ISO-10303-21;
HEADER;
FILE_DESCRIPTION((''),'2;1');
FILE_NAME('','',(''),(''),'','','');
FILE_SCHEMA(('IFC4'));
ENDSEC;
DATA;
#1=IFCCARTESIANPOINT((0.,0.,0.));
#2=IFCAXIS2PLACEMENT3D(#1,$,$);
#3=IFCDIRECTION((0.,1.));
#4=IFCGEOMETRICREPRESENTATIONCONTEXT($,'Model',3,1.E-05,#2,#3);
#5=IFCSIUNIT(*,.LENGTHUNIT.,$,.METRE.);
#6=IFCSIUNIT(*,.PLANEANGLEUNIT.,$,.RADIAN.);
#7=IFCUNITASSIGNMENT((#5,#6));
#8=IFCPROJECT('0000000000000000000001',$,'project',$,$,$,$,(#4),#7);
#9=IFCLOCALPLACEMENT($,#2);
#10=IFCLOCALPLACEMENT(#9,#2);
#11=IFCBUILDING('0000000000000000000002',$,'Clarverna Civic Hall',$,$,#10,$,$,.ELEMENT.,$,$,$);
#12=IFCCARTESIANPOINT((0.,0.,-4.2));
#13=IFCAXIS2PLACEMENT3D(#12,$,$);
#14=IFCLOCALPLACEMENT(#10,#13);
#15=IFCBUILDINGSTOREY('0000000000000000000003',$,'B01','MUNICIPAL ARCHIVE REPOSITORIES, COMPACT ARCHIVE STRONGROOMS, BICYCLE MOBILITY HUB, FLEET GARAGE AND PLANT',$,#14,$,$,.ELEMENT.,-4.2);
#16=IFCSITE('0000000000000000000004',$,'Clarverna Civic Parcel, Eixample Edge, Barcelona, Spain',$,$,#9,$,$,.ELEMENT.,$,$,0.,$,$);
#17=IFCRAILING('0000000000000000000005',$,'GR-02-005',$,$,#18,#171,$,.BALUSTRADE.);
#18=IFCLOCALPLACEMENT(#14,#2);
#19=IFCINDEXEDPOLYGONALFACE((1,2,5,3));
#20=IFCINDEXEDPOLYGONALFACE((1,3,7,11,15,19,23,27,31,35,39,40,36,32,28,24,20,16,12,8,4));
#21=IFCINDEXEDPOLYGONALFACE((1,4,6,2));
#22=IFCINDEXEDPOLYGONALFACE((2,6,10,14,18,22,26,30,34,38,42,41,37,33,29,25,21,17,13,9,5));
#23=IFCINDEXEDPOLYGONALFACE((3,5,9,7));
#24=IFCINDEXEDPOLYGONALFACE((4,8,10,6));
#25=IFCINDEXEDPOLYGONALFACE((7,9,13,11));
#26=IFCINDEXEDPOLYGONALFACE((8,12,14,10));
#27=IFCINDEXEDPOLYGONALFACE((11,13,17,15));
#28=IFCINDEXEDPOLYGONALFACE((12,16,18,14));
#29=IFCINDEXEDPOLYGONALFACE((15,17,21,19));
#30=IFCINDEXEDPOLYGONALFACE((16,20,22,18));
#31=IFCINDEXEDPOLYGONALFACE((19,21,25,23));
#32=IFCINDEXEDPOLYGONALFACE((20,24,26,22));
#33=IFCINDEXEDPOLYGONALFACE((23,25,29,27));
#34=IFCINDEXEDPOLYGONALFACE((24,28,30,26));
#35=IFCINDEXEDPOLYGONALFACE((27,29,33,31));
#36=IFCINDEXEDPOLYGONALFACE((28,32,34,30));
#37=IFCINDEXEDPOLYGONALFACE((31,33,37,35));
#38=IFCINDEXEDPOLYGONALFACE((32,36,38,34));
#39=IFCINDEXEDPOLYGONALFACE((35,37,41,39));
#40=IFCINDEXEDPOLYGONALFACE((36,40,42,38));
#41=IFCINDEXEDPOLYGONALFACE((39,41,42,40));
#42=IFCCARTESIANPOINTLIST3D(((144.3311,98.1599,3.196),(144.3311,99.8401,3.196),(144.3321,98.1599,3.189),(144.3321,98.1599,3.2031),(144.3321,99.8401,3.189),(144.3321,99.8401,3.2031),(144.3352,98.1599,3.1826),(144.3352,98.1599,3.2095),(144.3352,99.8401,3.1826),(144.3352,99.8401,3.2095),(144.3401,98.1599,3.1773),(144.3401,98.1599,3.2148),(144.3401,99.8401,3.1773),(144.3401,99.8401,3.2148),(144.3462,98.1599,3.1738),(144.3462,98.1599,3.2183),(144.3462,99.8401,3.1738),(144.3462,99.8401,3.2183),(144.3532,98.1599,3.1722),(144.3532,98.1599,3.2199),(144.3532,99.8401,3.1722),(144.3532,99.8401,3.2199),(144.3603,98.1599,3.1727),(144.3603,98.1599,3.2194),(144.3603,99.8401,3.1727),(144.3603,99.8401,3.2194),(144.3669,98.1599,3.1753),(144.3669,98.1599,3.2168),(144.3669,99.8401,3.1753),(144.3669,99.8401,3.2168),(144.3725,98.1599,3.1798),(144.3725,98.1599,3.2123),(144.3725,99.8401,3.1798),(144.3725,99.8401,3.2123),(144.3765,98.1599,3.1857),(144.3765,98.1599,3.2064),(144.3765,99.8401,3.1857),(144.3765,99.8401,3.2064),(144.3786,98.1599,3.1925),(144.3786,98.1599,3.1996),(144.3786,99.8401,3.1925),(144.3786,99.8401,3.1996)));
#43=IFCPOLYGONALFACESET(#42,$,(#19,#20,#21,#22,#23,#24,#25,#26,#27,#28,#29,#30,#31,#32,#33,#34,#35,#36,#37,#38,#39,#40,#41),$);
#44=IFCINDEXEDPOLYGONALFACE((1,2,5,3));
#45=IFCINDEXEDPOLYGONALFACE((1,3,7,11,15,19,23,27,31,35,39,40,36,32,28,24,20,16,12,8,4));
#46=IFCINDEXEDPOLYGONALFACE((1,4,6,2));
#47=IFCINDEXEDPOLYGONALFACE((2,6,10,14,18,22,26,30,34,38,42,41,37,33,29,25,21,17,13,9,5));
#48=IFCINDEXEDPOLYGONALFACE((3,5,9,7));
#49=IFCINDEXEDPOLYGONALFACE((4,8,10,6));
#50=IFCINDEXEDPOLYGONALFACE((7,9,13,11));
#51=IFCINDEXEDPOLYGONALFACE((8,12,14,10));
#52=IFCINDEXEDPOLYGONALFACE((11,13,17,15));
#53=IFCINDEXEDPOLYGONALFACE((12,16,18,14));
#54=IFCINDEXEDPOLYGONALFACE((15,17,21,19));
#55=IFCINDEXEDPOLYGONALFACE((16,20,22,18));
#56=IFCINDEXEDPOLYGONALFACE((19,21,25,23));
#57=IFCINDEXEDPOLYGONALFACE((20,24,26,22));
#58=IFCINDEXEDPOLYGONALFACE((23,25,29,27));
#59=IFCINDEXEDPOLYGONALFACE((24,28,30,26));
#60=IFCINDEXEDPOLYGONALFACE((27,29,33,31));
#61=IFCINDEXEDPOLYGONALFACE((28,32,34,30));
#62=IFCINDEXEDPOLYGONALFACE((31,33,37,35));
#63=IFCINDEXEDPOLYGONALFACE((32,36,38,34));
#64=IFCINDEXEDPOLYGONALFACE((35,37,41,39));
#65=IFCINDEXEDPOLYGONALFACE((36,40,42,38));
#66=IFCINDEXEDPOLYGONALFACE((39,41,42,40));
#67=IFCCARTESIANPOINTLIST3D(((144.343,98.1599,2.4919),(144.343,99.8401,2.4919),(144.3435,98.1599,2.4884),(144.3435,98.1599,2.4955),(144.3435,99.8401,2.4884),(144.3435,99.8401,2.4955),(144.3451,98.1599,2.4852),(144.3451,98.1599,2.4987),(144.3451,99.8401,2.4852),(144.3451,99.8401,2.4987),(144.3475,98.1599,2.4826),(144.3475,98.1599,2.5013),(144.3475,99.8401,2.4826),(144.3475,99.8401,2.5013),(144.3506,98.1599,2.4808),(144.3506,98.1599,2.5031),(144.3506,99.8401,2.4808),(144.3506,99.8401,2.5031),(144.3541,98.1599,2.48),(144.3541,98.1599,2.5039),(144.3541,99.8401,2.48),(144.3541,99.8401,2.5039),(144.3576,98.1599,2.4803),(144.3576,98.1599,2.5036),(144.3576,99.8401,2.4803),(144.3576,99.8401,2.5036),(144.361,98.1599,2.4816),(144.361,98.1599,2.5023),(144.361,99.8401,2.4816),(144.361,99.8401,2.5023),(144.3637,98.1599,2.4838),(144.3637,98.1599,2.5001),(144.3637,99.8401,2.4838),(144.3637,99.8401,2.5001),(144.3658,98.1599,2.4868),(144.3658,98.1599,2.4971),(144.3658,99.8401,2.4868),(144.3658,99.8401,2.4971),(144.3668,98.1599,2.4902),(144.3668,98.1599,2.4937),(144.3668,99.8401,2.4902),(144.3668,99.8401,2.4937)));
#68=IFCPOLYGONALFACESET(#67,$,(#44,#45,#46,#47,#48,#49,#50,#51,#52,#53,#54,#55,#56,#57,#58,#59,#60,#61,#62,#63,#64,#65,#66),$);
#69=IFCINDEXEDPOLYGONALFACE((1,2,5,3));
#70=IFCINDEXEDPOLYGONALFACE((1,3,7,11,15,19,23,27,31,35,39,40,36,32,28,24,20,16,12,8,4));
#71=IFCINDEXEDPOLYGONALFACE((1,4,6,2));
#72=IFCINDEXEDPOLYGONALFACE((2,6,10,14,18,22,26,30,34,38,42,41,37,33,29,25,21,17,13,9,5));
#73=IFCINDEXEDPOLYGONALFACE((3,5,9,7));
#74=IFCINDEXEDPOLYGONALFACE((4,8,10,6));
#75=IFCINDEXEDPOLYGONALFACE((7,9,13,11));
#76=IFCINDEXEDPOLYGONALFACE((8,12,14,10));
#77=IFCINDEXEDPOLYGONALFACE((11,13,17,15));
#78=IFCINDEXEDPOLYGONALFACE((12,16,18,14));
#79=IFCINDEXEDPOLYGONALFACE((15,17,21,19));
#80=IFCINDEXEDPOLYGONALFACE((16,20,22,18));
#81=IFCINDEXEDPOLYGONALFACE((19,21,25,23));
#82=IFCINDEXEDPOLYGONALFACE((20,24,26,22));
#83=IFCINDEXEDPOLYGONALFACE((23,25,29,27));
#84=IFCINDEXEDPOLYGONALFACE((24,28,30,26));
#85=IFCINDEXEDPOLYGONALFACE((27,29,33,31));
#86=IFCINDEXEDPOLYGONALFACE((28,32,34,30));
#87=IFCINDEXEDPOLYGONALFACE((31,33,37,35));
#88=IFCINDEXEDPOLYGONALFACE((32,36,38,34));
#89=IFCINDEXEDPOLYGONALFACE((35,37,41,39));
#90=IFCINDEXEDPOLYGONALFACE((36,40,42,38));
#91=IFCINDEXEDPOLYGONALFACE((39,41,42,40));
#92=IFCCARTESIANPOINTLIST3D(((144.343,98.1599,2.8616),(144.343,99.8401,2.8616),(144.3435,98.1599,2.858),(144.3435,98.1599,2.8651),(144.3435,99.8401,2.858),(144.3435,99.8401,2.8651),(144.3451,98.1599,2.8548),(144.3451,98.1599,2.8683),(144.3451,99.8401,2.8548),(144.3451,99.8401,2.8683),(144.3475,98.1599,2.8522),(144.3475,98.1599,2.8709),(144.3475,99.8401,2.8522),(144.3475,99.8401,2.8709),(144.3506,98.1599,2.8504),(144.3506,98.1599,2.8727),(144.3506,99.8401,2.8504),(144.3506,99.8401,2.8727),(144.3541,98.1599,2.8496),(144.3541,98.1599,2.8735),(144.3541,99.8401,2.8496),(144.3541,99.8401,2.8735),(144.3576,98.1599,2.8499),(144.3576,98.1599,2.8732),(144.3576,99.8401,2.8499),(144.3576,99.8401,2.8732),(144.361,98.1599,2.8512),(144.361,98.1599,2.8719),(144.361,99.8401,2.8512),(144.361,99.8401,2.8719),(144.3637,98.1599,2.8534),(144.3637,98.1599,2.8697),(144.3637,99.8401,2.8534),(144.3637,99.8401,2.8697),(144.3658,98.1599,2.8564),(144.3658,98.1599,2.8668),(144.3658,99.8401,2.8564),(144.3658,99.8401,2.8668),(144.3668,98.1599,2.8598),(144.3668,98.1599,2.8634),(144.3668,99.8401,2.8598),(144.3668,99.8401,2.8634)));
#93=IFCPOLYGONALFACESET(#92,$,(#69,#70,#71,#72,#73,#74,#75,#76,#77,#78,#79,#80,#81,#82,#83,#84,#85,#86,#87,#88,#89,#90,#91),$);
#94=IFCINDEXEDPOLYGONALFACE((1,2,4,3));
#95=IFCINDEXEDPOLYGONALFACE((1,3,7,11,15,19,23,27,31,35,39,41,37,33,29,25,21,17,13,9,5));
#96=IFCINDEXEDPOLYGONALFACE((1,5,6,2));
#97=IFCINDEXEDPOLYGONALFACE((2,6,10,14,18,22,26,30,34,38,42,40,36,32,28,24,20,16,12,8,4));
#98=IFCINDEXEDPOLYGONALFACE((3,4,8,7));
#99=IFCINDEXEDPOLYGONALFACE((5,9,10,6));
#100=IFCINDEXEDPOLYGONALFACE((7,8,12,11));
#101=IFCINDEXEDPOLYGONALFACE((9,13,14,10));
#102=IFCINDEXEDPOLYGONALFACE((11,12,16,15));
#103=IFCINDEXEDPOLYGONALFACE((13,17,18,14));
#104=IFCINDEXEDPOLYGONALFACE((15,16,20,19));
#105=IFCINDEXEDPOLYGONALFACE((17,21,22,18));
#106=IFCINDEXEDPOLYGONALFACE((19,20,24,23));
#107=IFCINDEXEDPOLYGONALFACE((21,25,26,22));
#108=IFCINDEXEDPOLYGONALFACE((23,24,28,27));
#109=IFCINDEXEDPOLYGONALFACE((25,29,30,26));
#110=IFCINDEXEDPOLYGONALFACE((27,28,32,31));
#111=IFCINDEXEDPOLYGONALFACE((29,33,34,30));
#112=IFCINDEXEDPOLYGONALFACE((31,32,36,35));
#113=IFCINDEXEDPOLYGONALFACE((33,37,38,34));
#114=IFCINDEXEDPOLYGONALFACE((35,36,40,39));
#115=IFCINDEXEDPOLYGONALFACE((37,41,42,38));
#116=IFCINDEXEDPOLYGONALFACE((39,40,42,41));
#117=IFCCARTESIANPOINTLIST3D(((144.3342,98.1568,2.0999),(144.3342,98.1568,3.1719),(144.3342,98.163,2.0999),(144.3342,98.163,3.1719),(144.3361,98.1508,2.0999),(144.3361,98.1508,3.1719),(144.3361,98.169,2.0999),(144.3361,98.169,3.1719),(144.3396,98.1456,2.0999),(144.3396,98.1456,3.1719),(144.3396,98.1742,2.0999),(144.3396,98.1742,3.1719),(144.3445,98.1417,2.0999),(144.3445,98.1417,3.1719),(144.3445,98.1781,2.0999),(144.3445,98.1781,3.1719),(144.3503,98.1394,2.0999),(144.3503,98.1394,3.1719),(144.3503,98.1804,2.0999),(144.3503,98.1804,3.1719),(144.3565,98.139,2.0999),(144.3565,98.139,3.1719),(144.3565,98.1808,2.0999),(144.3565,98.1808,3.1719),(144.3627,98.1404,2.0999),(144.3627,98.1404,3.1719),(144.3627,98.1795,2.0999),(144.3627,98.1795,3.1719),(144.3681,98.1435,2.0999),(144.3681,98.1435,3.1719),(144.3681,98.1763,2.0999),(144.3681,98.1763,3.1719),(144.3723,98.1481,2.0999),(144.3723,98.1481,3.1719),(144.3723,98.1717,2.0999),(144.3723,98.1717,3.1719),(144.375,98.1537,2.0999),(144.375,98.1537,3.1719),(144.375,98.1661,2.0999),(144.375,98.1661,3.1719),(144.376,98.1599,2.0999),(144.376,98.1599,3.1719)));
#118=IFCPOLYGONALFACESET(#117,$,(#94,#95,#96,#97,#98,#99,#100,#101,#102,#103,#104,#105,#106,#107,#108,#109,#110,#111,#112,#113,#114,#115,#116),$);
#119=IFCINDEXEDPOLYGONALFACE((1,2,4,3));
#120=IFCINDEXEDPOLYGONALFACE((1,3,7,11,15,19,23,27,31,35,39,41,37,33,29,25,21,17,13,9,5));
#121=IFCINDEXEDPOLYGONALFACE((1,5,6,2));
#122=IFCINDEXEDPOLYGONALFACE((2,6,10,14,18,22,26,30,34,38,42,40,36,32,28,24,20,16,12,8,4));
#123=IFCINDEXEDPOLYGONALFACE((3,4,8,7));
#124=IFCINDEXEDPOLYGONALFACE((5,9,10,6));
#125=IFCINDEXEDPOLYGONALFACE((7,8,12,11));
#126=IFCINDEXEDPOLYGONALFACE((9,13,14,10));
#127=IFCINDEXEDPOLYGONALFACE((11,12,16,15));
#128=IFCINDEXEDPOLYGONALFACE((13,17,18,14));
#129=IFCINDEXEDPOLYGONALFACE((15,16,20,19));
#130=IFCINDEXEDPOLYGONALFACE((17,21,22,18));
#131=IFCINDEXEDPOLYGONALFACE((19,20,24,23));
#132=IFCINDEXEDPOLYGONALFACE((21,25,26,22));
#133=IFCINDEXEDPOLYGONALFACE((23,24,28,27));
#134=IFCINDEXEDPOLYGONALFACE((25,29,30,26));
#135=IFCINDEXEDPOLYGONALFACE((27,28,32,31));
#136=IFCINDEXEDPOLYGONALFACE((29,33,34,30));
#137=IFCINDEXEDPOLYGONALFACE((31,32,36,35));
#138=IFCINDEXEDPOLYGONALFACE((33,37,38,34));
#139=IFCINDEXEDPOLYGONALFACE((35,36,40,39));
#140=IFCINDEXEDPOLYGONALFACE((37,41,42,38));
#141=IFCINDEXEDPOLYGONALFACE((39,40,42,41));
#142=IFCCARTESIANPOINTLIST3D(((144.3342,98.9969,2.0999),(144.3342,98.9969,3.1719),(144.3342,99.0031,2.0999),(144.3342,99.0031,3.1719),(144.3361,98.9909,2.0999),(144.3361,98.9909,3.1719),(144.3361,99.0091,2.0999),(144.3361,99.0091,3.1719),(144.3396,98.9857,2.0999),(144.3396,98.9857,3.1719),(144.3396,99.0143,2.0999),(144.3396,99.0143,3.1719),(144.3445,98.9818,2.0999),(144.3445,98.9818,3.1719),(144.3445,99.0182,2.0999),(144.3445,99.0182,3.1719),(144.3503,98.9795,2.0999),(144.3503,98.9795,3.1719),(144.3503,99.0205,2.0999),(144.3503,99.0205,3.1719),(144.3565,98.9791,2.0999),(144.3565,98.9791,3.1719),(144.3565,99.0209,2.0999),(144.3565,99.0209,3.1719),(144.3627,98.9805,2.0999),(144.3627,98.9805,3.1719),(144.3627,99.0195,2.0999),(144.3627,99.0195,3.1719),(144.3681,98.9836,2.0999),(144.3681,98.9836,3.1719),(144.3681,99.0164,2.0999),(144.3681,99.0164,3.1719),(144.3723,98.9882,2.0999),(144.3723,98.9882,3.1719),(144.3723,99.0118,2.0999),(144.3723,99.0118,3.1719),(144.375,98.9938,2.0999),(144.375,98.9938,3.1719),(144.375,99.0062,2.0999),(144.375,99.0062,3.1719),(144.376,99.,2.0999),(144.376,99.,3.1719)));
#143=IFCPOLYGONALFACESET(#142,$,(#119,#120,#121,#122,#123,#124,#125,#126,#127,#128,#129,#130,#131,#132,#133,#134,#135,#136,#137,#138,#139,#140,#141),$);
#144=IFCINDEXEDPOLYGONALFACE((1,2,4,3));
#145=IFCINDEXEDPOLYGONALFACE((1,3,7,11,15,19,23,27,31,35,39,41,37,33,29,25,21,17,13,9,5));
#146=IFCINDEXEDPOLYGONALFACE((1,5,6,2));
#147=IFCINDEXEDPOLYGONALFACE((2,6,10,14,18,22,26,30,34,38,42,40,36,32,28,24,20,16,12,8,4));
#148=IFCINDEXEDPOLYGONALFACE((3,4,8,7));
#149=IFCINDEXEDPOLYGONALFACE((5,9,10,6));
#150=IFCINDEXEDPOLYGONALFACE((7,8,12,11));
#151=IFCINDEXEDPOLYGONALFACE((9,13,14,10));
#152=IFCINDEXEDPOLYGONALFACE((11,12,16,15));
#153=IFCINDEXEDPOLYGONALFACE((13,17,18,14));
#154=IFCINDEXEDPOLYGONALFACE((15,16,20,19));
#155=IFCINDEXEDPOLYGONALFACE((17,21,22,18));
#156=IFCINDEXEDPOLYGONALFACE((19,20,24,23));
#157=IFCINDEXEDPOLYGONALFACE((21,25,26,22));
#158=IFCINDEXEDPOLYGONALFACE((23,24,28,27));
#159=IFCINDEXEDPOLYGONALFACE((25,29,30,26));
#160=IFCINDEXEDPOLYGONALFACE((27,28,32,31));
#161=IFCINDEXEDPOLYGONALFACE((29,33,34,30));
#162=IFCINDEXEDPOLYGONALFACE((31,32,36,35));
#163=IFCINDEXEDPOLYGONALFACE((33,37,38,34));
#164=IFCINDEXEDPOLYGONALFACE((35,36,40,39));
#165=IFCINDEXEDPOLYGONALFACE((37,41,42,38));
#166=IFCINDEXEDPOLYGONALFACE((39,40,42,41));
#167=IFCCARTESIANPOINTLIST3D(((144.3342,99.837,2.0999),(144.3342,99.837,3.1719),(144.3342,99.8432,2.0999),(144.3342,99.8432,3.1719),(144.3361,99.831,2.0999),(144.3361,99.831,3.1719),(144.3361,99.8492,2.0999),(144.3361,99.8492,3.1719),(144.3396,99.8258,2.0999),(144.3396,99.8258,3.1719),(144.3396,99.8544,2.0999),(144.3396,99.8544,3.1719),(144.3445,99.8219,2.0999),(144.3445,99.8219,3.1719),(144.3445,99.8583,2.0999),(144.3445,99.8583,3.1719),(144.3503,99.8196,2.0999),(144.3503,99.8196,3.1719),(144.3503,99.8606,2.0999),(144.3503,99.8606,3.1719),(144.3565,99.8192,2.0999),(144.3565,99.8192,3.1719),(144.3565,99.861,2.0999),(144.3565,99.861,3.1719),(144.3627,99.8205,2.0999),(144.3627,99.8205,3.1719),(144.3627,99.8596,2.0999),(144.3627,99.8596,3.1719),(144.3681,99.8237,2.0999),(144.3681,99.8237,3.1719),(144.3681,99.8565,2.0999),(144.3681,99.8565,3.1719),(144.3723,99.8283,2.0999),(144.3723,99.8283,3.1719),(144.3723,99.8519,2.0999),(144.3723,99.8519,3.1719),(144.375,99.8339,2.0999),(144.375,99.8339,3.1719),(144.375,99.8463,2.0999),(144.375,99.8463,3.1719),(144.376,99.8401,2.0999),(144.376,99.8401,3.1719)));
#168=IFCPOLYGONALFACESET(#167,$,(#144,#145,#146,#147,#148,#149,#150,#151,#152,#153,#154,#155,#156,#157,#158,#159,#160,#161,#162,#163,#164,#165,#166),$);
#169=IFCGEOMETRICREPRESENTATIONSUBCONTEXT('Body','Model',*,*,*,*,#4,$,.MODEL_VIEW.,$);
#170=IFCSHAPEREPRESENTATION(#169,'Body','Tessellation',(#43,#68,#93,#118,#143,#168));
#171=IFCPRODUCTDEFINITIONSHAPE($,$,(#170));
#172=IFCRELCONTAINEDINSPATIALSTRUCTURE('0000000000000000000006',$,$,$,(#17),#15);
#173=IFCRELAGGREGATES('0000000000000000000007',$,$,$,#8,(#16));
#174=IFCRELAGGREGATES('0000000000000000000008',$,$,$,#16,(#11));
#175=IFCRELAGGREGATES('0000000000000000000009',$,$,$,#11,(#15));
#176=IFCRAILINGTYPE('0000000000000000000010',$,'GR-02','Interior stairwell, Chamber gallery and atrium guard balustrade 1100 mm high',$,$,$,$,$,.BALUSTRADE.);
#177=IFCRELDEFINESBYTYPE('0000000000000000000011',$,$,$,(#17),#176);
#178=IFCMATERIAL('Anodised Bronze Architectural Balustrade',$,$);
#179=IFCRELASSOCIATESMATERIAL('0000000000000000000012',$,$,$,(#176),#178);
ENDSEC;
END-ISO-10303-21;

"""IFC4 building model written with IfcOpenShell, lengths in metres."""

from ifc_helpers import new_model, si_unit, direction, frame, origin, origin_2d, place, context, subcontext, project, spatial, circle, extrude, material, type_object, element, save


model = new_model("IFC4")

# Units and contexts
model_context = context("Model", 3, precision=1e-05, world=origin(), true_north=direction((0.0, 1.0)))
body_context = subcontext(model_context, "Body", "Model", "MODEL_VIEW")
ifc_project = project(units=[si_unit("LENGTHUNIT", "METRE"), si_unit("PLANEANGLEUNIT", "RADIAN")], contexts=[model_context])

# Site, building, storey
site_placement = place(None, origin())
site = spatial("IfcSite", under=ifc_project, at=site_placement, Name="Clarverna Civic Parcel, Eixample Edge, Barcelona, Spain", CompositionType="ELEMENT", RefElevation=0.0)
building_placement = place(site_placement, origin())
building = spatial("IfcBuilding", under=site, at=building_placement, Name="Clarverna Civic Hall", CompositionType="ELEMENT")
storey_placement = place(building_placement, frame((0.0, 0.0, -4.2)))
storey = spatial("IfcBuildingStorey", under=building, at=storey_placement, Name="B01", Description="MUNICIPAL ARCHIVE REPOSITORIES, COMPACT ARCHIVE STRONGROOMS, BICYCLE MOBILITY HUB, FLEET GARAGE AND PLANT", CompositionType="ELEMENT", Elevation=-4.2)

# Railing
ifc_material_1 = material(Name="Anodised Bronze Architectural Balustrade")
railing_type_1 = type_object("IfcRailingType", Name="GR-02", Description="Interior stairwell, Chamber gallery and atrium guard balustrade 1100 mm high", PredefinedType="BALUSTRADE", material=ifc_material_1)
railing_1_placement = place(storey_placement, frame((144.355, 98.1599, 2.0999)))
element("IfcRailing", 1, at=railing_1_placement, inside=storey, type_object=railing_type_1, Name="GR-02-005", PredefinedType="BALUSTRADE", context=body_context, shape_type="SweptSolid", body=[
    extrude(circle(Radius=0.0239, at=origin_2d()), frame((0.0, 0.0, 1.0962), z_axis=(0.0, 1.0, 0.0), x_axis=(-1.0, 0.0, 0.0)), (0.0, 0.0, 1.0), 1.6802),
    extrude(circle(Radius=0.012, at=origin_2d()), frame((0.0, 0.0, 0.3921), z_axis=(0.0, 1.0, 0.0), x_axis=(-1.0, 0.0, 0.0)), (0.0, 0.0, 1.0), 1.6802),
    extrude(circle(Radius=0.012, at=origin_2d()), frame((0.0, 0.0, 0.7617), z_axis=(0.0, 1.0, 0.0), x_axis=(-1.0, 0.0, 0.0)), (0.0, 0.0, 1.0), 1.6802),
    extrude(circle(Radius=0.021, at=origin_2d()), origin(), (0.0, 0.0, 1.0), 1.072),
    extrude(circle(Radius=0.021, at=origin_2d()), frame((0.0, 0.8401, 0.0)), (0.0, 0.0, 1.0), 1.072),
    extrude(circle(Radius=0.021, at=origin_2d()), frame((0.0, 1.6802, 0.0)), (0.0, 0.0, 1.0), 1.072),
])

save(model, "model.ifc")
